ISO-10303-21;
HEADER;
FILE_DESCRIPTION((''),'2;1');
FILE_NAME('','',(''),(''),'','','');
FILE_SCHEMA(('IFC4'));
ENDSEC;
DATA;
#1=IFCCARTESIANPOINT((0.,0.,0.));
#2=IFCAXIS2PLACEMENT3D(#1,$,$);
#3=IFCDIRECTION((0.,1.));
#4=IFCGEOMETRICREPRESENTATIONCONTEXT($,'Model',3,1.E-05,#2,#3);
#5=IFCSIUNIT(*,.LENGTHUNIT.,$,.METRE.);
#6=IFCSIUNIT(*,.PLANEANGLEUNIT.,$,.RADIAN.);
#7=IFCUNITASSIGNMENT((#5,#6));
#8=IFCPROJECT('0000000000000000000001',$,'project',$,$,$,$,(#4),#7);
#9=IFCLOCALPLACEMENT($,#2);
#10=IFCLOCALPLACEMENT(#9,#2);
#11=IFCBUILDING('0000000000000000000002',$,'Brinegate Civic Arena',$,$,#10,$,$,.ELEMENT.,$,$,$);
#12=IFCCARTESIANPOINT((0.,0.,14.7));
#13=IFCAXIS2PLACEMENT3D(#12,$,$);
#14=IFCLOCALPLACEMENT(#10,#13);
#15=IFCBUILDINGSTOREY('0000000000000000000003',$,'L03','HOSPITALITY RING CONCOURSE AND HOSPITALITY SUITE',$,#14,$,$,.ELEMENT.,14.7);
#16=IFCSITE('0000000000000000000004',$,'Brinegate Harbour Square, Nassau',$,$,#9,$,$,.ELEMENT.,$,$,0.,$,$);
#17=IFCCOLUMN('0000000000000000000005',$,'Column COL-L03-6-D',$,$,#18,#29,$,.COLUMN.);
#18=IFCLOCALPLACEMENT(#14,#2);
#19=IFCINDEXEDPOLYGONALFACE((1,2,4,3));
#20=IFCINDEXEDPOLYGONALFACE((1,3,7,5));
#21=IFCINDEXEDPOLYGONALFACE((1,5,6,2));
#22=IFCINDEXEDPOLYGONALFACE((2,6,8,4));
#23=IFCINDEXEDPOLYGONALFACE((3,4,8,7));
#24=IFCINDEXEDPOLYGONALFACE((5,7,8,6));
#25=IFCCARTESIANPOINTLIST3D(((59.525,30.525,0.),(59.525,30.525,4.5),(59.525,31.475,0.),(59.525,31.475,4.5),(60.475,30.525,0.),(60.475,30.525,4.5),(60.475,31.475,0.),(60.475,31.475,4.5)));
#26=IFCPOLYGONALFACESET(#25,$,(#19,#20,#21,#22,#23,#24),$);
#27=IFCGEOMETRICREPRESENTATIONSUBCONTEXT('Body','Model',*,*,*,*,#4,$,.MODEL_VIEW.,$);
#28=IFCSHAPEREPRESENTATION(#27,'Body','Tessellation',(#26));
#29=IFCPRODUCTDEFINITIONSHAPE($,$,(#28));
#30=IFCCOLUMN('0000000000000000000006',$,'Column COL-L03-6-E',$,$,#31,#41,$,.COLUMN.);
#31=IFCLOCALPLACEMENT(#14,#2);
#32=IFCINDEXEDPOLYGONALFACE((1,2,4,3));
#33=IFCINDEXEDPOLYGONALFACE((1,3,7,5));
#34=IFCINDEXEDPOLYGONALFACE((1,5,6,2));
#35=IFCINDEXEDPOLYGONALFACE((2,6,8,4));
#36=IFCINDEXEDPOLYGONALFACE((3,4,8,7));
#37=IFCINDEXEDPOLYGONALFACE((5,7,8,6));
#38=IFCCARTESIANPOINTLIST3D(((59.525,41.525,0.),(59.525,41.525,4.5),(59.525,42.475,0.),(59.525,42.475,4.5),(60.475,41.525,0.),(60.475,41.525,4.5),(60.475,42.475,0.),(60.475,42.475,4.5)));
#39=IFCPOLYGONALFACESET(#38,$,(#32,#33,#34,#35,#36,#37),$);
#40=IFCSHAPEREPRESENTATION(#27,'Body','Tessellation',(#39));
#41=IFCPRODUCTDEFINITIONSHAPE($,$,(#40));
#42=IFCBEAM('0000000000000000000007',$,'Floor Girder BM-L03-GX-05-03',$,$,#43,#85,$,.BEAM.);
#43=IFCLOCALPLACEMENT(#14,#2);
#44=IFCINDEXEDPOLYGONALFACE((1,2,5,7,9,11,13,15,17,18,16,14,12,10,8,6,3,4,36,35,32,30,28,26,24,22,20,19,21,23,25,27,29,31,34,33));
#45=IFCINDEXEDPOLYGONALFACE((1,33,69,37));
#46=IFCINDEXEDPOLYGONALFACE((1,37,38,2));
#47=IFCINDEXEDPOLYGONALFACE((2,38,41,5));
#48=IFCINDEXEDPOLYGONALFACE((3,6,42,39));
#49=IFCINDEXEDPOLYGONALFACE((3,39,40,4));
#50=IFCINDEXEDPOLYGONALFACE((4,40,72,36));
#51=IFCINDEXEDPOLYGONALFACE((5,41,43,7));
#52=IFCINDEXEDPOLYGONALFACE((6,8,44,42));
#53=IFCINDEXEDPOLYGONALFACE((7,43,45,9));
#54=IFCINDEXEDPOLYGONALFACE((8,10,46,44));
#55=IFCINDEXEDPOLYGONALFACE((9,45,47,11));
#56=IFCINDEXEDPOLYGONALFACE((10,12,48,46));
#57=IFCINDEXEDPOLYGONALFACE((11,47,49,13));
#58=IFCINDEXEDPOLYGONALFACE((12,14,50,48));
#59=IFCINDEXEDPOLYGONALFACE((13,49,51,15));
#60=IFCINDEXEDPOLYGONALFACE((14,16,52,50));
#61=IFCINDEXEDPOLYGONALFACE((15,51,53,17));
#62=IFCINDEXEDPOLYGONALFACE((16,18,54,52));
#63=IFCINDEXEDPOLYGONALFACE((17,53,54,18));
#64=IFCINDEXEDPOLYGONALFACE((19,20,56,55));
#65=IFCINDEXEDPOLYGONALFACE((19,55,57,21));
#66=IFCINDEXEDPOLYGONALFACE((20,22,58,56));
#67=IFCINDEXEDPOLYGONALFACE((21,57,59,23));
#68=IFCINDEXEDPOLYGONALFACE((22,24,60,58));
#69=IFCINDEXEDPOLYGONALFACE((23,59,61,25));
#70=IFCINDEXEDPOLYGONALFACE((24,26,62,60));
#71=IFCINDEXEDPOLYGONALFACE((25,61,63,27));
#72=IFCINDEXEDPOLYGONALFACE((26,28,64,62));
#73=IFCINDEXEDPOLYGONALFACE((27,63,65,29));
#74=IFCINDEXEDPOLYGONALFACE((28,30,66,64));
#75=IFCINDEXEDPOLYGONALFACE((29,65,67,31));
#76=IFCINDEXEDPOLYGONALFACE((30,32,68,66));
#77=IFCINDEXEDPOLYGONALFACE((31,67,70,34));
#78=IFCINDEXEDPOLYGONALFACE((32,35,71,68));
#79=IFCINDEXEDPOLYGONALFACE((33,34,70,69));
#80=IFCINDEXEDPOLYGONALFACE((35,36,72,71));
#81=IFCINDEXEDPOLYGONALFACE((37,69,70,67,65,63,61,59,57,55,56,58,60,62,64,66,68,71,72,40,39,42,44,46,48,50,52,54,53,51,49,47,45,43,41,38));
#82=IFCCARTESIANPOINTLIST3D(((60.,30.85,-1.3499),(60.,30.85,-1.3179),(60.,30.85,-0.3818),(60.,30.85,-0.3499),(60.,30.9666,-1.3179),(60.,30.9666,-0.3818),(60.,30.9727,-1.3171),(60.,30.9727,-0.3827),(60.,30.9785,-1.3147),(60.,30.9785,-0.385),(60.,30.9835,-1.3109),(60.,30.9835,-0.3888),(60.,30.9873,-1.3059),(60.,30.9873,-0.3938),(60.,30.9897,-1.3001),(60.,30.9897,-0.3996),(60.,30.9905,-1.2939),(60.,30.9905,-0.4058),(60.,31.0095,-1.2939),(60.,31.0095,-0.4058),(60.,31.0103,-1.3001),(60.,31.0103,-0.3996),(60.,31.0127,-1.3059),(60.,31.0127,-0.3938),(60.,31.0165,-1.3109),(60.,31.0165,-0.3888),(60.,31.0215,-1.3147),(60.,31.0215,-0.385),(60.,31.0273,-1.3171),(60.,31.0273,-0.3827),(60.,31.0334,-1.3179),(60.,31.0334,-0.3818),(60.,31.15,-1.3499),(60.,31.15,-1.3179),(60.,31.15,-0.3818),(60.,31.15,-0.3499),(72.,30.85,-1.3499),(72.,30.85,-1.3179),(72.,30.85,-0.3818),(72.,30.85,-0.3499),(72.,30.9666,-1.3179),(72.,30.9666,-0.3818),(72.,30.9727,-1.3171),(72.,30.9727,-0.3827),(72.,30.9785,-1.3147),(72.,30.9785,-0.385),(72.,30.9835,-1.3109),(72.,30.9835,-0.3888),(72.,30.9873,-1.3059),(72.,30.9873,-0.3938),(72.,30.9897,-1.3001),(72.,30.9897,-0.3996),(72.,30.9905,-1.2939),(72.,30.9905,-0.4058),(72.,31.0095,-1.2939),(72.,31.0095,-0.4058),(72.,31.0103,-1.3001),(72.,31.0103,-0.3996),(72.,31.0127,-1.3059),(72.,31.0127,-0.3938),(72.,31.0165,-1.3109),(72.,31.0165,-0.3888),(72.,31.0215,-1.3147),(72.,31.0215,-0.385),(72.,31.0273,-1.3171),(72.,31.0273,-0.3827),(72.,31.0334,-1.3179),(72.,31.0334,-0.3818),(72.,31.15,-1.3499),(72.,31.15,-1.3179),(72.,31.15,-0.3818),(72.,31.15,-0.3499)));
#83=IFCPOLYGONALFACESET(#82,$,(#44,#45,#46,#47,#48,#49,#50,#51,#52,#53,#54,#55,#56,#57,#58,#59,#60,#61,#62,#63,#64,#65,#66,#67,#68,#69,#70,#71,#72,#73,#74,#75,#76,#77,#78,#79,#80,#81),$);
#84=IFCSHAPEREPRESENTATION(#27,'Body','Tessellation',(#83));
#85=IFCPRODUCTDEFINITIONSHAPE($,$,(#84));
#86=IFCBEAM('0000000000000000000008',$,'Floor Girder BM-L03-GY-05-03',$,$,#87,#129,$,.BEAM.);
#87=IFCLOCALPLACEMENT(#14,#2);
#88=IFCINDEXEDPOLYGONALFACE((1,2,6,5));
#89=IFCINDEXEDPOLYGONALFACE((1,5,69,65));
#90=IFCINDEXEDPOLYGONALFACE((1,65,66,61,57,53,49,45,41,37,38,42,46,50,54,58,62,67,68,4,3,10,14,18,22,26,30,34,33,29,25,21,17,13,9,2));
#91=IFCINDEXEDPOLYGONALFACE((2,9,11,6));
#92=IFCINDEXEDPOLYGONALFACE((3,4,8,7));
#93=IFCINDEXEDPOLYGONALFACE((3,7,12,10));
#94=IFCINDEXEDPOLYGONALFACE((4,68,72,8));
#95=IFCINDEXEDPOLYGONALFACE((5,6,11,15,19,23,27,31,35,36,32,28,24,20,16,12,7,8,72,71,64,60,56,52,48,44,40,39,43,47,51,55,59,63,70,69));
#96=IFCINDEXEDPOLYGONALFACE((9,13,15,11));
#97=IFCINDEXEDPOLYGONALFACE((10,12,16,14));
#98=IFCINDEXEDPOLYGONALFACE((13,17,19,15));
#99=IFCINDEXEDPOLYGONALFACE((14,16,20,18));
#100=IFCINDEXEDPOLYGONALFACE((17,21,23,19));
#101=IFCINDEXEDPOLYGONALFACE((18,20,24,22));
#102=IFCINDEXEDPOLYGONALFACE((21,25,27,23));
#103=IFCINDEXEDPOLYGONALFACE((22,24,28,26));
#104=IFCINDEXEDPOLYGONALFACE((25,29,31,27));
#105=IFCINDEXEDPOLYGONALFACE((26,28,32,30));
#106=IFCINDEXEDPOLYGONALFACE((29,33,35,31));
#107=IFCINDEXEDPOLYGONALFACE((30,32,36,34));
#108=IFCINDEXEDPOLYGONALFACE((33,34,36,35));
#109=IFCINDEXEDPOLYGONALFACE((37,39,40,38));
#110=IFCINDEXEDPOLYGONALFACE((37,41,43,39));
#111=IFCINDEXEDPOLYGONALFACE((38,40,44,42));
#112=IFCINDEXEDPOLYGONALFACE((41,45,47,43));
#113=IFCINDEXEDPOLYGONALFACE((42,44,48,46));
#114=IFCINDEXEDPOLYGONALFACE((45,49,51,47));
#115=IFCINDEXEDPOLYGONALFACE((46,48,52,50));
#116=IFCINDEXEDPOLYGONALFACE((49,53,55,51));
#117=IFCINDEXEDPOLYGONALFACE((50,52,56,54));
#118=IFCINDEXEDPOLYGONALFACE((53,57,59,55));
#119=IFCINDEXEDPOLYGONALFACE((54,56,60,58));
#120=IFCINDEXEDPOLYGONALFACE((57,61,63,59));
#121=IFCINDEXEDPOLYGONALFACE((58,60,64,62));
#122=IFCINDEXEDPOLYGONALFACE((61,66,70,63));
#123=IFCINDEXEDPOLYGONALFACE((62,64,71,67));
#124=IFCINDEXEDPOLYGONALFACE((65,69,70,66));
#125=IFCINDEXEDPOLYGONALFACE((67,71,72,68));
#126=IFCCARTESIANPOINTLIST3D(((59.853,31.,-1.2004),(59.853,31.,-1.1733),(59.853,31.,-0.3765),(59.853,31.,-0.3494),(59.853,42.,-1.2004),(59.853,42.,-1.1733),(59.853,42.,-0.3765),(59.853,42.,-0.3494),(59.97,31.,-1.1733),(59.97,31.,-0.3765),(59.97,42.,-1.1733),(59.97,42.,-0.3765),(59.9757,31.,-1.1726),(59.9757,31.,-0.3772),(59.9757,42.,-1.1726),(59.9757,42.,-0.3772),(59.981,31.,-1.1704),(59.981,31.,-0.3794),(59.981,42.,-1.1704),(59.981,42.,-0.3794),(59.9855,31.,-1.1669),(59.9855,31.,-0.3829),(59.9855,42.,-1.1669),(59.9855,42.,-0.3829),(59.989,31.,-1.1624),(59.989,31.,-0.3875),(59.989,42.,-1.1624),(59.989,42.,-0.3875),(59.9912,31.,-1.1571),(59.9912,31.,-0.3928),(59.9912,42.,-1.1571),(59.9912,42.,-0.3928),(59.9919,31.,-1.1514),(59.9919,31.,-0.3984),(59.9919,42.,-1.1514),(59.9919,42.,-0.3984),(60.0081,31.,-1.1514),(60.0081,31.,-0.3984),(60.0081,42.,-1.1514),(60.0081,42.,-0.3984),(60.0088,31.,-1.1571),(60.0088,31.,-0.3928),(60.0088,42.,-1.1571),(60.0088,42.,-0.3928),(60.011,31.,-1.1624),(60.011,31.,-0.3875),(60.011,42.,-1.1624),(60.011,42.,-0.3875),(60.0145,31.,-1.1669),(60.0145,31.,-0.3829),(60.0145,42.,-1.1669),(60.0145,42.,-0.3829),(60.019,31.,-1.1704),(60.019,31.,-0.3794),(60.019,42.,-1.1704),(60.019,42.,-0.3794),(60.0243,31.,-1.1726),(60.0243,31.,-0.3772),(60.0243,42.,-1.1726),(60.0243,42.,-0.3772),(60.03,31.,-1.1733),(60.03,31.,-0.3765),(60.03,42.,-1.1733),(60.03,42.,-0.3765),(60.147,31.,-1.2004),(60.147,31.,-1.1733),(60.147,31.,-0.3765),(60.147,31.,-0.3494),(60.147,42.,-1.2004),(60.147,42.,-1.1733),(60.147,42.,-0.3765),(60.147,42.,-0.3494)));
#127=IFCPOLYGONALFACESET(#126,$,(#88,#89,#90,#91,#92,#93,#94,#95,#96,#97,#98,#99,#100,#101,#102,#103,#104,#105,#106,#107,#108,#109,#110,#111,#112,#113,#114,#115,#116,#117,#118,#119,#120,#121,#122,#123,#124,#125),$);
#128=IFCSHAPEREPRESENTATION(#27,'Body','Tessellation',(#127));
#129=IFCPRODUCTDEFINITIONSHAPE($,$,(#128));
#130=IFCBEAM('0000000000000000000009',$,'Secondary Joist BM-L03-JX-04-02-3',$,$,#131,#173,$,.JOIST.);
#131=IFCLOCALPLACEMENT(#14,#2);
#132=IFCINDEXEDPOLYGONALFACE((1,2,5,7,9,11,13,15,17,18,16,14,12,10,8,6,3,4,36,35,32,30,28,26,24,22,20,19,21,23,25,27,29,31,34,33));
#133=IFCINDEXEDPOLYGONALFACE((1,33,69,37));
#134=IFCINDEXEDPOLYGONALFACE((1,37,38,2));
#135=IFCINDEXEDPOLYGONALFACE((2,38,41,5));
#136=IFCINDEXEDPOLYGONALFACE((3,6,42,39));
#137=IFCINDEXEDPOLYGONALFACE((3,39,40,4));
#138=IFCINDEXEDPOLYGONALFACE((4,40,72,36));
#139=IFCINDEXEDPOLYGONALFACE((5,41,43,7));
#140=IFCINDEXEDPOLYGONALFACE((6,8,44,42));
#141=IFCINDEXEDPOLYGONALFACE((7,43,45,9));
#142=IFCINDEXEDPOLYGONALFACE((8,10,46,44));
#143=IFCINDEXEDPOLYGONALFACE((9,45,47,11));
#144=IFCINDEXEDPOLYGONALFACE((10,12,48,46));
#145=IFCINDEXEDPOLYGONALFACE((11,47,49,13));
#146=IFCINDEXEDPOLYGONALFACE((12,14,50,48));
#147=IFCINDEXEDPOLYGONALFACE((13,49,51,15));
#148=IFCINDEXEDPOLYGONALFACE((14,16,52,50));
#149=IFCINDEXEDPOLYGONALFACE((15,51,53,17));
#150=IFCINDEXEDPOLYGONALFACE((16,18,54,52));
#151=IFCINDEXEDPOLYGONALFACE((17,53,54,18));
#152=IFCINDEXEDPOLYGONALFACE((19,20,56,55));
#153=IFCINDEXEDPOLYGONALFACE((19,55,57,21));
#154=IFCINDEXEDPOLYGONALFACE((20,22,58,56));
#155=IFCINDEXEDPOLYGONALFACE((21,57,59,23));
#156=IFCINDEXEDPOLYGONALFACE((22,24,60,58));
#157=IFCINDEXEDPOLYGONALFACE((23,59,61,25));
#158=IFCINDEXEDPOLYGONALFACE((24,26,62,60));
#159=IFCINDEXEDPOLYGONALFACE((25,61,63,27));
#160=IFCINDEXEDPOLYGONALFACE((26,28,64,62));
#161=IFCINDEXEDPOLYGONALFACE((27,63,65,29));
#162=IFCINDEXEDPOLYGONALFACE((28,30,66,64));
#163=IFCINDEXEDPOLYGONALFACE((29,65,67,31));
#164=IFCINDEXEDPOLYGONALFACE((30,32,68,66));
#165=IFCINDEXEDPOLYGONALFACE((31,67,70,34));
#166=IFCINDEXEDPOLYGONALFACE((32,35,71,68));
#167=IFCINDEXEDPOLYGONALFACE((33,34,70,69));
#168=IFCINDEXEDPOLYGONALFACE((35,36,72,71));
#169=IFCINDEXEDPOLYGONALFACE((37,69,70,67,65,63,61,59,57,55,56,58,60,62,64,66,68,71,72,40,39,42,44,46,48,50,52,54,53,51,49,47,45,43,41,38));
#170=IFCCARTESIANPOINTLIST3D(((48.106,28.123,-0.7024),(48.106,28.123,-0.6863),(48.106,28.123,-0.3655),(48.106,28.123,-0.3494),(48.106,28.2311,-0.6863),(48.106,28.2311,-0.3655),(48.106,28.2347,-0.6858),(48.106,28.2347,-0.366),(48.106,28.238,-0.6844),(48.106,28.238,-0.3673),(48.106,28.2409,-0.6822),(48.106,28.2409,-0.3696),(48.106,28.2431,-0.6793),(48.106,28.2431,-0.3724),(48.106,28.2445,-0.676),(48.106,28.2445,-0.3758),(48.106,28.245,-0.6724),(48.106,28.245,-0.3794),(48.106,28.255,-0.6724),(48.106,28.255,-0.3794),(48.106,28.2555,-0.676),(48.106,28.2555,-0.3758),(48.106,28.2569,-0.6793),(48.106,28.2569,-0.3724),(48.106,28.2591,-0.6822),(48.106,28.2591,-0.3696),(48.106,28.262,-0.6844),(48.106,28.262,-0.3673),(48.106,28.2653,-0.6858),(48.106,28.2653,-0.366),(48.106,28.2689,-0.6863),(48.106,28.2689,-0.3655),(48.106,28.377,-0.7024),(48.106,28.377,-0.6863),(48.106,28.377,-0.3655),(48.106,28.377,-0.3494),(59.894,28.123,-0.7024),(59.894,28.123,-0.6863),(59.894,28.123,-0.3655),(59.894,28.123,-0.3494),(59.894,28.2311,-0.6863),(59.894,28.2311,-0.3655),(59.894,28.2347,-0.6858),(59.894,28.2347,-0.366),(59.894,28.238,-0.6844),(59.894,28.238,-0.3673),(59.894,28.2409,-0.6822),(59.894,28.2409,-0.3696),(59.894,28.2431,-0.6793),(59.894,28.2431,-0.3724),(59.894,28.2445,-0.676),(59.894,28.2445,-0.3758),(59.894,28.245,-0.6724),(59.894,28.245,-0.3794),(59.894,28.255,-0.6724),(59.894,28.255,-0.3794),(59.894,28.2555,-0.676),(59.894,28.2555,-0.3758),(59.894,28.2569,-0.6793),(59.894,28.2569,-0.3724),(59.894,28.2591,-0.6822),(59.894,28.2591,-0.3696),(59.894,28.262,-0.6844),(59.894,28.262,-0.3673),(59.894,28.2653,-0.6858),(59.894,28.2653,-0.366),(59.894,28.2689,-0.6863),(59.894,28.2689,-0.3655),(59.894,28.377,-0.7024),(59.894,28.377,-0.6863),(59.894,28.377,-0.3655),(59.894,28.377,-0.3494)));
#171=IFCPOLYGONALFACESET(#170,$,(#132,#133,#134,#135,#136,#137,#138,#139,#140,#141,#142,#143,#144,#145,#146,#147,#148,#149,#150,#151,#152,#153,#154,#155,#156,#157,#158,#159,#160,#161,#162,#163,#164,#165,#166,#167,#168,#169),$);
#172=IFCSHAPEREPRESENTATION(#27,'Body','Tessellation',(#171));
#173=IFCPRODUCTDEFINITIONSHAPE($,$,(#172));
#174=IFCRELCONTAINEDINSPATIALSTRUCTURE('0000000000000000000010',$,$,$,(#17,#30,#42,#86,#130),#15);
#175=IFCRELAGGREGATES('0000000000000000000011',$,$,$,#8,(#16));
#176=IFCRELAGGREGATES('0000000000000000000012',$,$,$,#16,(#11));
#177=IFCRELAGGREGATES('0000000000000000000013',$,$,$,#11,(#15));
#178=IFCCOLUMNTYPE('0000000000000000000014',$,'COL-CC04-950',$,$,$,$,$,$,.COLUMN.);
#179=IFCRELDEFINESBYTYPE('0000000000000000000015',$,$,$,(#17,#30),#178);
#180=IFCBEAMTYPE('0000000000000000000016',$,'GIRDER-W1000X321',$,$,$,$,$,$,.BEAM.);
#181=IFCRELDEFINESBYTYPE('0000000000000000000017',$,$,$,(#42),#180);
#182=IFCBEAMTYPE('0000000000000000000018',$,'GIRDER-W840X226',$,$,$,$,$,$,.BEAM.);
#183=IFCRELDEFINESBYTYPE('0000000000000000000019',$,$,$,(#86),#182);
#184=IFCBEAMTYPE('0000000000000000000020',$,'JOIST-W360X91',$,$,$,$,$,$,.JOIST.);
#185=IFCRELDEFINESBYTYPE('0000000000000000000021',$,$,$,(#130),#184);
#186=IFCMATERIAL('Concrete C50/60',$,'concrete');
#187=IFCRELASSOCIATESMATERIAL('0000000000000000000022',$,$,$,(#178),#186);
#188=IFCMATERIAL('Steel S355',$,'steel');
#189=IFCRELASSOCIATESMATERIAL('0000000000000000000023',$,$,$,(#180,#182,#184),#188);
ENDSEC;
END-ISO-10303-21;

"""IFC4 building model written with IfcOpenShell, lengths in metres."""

from ifc_helpers import new_model, si_unit, direction, frame, origin, origin_2d, place, context, subcontext, project, spatial, rectangle, i_section, extrude, material, material_profile, profile_set, type_object, element, save


model = new_model("IFC4")

# Units and contexts
model_context = context("Model", 3, precision=1e-05, world=origin(), true_north=direction((0.0, 1.0)))
body_context = subcontext(model_context, "Body", "Model", "MODEL_VIEW")
ifc_project = project(units=[si_unit("LENGTHUNIT", "METRE"), si_unit("PLANEANGLEUNIT", "RADIAN")], contexts=[model_context])

# Site, building, storey
site_placement = place(None, origin())
site = spatial("IfcSite", under=ifc_project, at=site_placement, Name="Brinegate Harbour Square, Nassau", CompositionType="ELEMENT", RefElevation=0.0)
building_placement = place(site_placement, origin())
building = spatial("IfcBuilding", under=site, at=building_placement, Name="Brinegate Civic Arena", CompositionType="ELEMENT")
storey_placement = place(building_placement, frame((0.0, 0.0, 14.7)))
storey = spatial("IfcBuildingStorey", under=building, at=storey_placement, Name="L03", Description="HOSPITALITY RING CONCOURSE AND HOSPITALITY SUITE", CompositionType="ELEMENT", Elevation=14.7)

# Columns
ifc_material_1 = material(Name="Concrete C50/60", Category="concrete")
ifc_material_profile_1 = material_profile(ifc_material_1, rectangle(XDim=0.95, YDim=0.95, at=origin_2d()), Name="RC950X950")
ifc_profile_set_1 = profile_set([ifc_material_profile_1], Name="Concrete C50/60")
column_type = type_object("IfcColumnType", Name="COL-CC04-950", PredefinedType="COLUMN", material=ifc_profile_set_1)
for number, where, z_axis, x_axis, name in (
    (1, (60.0, 31.0, 0.0), (0.0, 0.0, 1.0), (1.0, 0.0, 0.0), "Column COL-L03-6-D"),
    (2, (60.0, 42.0, 0.0), (0.0, 0.0, 1.0), (1.0, 0.0, 0.0), "Column COL-L03-6-E"),
):
    element("IfcColumn", number, at=place(storey_placement, frame(where, z_axis=z_axis, x_axis=x_axis)), inside=storey, type_object=column_type, Name=name, PredefinedType="COLUMN", context=body_context, shape_type="SweptSolid", body=[
        extrude(rectangle(XDim=0.95, YDim=0.95, at=origin_2d()), origin(), (0.0, 0.0, 1.0), 4.5),
    ])

# Beams
ifc_material_2 = material(Name="Steel S355", Category="steel")
ifc_material_profile_2 = material_profile(ifc_material_2, i_section(OverallWidth=0.3, OverallDepth=1.0, WebThickness=0.019, FlangeThickness=0.032, FilletRadius=0.0239, at=origin_2d()), Name="W1000X321")
ifc_profile_set_2 = profile_set([ifc_material_profile_2], Name="Steel S355")
beam_type_1 = type_object("IfcBeamType", Name="GIRDER-W1000X321", PredefinedType="BEAM", material=ifc_profile_set_2)
beam_1_placement = place(storey_placement, frame((60.0, 31.0, -0.8499), z_axis=(1.0, 0.0, 0.0), x_axis=(0.0, 1.0, 0.0)))
element("IfcBeam", 3, at=beam_1_placement, inside=storey, type_object=beam_type_1, Name="Floor Girder BM-L03-GX-05-03", PredefinedType="BEAM", context=body_context, shape_type="SweptSolid", body=[
    extrude(i_section(OverallWidth=0.3, OverallDepth=1.0, WebThickness=0.019, FlangeThickness=0.032, FilletRadius=0.0239, at=origin_2d()), origin(), (0.0, 0.0, 1.0), 12.0),
])
ifc_material_profile_3 = material_profile(ifc_material_2, i_section(OverallWidth=0.2939, OverallDepth=0.8511, WebThickness=0.0161, FlangeThickness=0.0271, FilletRadius=0.022, at=origin_2d()), Name="W840X226")
ifc_profile_set_3 = profile_set([ifc_material_profile_3], Name="Steel S355")
beam_type_2 = type_object("IfcBeamType", Name="GIRDER-W840X226", PredefinedType="BEAM", material=ifc_profile_set_3)
beam_2_placement = place(storey_placement, frame((60.0, 31.0, -0.7749), z_axis=(0.0, 1.0, 0.0), x_axis=(-1.0, 0.0, 0.0)))
element("IfcBeam", 4, at=beam_2_placement, inside=storey, type_object=beam_type_2, Name="Floor Girder BM-L03-GY-05-03", PredefinedType="BEAM", context=body_context, shape_type="SweptSolid", body=[
    extrude(i_section(OverallWidth=0.2939, OverallDepth=0.8511, WebThickness=0.0161, FlangeThickness=0.0271, FilletRadius=0.022, at=origin_2d()), origin(), (0.0, 0.0, 1.0), 11.0),
])
ifc_material_profile_4 = material_profile(ifc_material_2, i_section(OverallWidth=0.2539, OverallDepth=0.353, WebThickness=0.01, FlangeThickness=0.0161, FilletRadius=0.0139, at=origin_2d()), Name="W360X91")
ifc_profile_set_4 = profile_set([ifc_material_profile_4], Name="Steel S355")
beam_type_3 = type_object("IfcBeamType", Name="JOIST-W360X91", PredefinedType="JOIST", material=ifc_profile_set_4)
beam_3_placement = place(storey_placement, frame((48.106, 28.25, -0.5259), z_axis=(1.0, 0.0, 0.0), x_axis=(0.0, 1.0, 0.0)))
element("IfcBeam", 5, at=beam_3_placement, inside=storey, type_object=beam_type_3, Name="Secondary Joist BM-L03-JX-04-02-3", PredefinedType="JOIST", context=body_context, shape_type="SweptSolid", body=[
    extrude(i_section(OverallWidth=0.2539, OverallDepth=0.353, WebThickness=0.01, FlangeThickness=0.0161, FilletRadius=0.0139, at=origin_2d()), origin(), (0.0, 0.0, 1.0), 11.7881),
])

save(model, "model.ifc")
